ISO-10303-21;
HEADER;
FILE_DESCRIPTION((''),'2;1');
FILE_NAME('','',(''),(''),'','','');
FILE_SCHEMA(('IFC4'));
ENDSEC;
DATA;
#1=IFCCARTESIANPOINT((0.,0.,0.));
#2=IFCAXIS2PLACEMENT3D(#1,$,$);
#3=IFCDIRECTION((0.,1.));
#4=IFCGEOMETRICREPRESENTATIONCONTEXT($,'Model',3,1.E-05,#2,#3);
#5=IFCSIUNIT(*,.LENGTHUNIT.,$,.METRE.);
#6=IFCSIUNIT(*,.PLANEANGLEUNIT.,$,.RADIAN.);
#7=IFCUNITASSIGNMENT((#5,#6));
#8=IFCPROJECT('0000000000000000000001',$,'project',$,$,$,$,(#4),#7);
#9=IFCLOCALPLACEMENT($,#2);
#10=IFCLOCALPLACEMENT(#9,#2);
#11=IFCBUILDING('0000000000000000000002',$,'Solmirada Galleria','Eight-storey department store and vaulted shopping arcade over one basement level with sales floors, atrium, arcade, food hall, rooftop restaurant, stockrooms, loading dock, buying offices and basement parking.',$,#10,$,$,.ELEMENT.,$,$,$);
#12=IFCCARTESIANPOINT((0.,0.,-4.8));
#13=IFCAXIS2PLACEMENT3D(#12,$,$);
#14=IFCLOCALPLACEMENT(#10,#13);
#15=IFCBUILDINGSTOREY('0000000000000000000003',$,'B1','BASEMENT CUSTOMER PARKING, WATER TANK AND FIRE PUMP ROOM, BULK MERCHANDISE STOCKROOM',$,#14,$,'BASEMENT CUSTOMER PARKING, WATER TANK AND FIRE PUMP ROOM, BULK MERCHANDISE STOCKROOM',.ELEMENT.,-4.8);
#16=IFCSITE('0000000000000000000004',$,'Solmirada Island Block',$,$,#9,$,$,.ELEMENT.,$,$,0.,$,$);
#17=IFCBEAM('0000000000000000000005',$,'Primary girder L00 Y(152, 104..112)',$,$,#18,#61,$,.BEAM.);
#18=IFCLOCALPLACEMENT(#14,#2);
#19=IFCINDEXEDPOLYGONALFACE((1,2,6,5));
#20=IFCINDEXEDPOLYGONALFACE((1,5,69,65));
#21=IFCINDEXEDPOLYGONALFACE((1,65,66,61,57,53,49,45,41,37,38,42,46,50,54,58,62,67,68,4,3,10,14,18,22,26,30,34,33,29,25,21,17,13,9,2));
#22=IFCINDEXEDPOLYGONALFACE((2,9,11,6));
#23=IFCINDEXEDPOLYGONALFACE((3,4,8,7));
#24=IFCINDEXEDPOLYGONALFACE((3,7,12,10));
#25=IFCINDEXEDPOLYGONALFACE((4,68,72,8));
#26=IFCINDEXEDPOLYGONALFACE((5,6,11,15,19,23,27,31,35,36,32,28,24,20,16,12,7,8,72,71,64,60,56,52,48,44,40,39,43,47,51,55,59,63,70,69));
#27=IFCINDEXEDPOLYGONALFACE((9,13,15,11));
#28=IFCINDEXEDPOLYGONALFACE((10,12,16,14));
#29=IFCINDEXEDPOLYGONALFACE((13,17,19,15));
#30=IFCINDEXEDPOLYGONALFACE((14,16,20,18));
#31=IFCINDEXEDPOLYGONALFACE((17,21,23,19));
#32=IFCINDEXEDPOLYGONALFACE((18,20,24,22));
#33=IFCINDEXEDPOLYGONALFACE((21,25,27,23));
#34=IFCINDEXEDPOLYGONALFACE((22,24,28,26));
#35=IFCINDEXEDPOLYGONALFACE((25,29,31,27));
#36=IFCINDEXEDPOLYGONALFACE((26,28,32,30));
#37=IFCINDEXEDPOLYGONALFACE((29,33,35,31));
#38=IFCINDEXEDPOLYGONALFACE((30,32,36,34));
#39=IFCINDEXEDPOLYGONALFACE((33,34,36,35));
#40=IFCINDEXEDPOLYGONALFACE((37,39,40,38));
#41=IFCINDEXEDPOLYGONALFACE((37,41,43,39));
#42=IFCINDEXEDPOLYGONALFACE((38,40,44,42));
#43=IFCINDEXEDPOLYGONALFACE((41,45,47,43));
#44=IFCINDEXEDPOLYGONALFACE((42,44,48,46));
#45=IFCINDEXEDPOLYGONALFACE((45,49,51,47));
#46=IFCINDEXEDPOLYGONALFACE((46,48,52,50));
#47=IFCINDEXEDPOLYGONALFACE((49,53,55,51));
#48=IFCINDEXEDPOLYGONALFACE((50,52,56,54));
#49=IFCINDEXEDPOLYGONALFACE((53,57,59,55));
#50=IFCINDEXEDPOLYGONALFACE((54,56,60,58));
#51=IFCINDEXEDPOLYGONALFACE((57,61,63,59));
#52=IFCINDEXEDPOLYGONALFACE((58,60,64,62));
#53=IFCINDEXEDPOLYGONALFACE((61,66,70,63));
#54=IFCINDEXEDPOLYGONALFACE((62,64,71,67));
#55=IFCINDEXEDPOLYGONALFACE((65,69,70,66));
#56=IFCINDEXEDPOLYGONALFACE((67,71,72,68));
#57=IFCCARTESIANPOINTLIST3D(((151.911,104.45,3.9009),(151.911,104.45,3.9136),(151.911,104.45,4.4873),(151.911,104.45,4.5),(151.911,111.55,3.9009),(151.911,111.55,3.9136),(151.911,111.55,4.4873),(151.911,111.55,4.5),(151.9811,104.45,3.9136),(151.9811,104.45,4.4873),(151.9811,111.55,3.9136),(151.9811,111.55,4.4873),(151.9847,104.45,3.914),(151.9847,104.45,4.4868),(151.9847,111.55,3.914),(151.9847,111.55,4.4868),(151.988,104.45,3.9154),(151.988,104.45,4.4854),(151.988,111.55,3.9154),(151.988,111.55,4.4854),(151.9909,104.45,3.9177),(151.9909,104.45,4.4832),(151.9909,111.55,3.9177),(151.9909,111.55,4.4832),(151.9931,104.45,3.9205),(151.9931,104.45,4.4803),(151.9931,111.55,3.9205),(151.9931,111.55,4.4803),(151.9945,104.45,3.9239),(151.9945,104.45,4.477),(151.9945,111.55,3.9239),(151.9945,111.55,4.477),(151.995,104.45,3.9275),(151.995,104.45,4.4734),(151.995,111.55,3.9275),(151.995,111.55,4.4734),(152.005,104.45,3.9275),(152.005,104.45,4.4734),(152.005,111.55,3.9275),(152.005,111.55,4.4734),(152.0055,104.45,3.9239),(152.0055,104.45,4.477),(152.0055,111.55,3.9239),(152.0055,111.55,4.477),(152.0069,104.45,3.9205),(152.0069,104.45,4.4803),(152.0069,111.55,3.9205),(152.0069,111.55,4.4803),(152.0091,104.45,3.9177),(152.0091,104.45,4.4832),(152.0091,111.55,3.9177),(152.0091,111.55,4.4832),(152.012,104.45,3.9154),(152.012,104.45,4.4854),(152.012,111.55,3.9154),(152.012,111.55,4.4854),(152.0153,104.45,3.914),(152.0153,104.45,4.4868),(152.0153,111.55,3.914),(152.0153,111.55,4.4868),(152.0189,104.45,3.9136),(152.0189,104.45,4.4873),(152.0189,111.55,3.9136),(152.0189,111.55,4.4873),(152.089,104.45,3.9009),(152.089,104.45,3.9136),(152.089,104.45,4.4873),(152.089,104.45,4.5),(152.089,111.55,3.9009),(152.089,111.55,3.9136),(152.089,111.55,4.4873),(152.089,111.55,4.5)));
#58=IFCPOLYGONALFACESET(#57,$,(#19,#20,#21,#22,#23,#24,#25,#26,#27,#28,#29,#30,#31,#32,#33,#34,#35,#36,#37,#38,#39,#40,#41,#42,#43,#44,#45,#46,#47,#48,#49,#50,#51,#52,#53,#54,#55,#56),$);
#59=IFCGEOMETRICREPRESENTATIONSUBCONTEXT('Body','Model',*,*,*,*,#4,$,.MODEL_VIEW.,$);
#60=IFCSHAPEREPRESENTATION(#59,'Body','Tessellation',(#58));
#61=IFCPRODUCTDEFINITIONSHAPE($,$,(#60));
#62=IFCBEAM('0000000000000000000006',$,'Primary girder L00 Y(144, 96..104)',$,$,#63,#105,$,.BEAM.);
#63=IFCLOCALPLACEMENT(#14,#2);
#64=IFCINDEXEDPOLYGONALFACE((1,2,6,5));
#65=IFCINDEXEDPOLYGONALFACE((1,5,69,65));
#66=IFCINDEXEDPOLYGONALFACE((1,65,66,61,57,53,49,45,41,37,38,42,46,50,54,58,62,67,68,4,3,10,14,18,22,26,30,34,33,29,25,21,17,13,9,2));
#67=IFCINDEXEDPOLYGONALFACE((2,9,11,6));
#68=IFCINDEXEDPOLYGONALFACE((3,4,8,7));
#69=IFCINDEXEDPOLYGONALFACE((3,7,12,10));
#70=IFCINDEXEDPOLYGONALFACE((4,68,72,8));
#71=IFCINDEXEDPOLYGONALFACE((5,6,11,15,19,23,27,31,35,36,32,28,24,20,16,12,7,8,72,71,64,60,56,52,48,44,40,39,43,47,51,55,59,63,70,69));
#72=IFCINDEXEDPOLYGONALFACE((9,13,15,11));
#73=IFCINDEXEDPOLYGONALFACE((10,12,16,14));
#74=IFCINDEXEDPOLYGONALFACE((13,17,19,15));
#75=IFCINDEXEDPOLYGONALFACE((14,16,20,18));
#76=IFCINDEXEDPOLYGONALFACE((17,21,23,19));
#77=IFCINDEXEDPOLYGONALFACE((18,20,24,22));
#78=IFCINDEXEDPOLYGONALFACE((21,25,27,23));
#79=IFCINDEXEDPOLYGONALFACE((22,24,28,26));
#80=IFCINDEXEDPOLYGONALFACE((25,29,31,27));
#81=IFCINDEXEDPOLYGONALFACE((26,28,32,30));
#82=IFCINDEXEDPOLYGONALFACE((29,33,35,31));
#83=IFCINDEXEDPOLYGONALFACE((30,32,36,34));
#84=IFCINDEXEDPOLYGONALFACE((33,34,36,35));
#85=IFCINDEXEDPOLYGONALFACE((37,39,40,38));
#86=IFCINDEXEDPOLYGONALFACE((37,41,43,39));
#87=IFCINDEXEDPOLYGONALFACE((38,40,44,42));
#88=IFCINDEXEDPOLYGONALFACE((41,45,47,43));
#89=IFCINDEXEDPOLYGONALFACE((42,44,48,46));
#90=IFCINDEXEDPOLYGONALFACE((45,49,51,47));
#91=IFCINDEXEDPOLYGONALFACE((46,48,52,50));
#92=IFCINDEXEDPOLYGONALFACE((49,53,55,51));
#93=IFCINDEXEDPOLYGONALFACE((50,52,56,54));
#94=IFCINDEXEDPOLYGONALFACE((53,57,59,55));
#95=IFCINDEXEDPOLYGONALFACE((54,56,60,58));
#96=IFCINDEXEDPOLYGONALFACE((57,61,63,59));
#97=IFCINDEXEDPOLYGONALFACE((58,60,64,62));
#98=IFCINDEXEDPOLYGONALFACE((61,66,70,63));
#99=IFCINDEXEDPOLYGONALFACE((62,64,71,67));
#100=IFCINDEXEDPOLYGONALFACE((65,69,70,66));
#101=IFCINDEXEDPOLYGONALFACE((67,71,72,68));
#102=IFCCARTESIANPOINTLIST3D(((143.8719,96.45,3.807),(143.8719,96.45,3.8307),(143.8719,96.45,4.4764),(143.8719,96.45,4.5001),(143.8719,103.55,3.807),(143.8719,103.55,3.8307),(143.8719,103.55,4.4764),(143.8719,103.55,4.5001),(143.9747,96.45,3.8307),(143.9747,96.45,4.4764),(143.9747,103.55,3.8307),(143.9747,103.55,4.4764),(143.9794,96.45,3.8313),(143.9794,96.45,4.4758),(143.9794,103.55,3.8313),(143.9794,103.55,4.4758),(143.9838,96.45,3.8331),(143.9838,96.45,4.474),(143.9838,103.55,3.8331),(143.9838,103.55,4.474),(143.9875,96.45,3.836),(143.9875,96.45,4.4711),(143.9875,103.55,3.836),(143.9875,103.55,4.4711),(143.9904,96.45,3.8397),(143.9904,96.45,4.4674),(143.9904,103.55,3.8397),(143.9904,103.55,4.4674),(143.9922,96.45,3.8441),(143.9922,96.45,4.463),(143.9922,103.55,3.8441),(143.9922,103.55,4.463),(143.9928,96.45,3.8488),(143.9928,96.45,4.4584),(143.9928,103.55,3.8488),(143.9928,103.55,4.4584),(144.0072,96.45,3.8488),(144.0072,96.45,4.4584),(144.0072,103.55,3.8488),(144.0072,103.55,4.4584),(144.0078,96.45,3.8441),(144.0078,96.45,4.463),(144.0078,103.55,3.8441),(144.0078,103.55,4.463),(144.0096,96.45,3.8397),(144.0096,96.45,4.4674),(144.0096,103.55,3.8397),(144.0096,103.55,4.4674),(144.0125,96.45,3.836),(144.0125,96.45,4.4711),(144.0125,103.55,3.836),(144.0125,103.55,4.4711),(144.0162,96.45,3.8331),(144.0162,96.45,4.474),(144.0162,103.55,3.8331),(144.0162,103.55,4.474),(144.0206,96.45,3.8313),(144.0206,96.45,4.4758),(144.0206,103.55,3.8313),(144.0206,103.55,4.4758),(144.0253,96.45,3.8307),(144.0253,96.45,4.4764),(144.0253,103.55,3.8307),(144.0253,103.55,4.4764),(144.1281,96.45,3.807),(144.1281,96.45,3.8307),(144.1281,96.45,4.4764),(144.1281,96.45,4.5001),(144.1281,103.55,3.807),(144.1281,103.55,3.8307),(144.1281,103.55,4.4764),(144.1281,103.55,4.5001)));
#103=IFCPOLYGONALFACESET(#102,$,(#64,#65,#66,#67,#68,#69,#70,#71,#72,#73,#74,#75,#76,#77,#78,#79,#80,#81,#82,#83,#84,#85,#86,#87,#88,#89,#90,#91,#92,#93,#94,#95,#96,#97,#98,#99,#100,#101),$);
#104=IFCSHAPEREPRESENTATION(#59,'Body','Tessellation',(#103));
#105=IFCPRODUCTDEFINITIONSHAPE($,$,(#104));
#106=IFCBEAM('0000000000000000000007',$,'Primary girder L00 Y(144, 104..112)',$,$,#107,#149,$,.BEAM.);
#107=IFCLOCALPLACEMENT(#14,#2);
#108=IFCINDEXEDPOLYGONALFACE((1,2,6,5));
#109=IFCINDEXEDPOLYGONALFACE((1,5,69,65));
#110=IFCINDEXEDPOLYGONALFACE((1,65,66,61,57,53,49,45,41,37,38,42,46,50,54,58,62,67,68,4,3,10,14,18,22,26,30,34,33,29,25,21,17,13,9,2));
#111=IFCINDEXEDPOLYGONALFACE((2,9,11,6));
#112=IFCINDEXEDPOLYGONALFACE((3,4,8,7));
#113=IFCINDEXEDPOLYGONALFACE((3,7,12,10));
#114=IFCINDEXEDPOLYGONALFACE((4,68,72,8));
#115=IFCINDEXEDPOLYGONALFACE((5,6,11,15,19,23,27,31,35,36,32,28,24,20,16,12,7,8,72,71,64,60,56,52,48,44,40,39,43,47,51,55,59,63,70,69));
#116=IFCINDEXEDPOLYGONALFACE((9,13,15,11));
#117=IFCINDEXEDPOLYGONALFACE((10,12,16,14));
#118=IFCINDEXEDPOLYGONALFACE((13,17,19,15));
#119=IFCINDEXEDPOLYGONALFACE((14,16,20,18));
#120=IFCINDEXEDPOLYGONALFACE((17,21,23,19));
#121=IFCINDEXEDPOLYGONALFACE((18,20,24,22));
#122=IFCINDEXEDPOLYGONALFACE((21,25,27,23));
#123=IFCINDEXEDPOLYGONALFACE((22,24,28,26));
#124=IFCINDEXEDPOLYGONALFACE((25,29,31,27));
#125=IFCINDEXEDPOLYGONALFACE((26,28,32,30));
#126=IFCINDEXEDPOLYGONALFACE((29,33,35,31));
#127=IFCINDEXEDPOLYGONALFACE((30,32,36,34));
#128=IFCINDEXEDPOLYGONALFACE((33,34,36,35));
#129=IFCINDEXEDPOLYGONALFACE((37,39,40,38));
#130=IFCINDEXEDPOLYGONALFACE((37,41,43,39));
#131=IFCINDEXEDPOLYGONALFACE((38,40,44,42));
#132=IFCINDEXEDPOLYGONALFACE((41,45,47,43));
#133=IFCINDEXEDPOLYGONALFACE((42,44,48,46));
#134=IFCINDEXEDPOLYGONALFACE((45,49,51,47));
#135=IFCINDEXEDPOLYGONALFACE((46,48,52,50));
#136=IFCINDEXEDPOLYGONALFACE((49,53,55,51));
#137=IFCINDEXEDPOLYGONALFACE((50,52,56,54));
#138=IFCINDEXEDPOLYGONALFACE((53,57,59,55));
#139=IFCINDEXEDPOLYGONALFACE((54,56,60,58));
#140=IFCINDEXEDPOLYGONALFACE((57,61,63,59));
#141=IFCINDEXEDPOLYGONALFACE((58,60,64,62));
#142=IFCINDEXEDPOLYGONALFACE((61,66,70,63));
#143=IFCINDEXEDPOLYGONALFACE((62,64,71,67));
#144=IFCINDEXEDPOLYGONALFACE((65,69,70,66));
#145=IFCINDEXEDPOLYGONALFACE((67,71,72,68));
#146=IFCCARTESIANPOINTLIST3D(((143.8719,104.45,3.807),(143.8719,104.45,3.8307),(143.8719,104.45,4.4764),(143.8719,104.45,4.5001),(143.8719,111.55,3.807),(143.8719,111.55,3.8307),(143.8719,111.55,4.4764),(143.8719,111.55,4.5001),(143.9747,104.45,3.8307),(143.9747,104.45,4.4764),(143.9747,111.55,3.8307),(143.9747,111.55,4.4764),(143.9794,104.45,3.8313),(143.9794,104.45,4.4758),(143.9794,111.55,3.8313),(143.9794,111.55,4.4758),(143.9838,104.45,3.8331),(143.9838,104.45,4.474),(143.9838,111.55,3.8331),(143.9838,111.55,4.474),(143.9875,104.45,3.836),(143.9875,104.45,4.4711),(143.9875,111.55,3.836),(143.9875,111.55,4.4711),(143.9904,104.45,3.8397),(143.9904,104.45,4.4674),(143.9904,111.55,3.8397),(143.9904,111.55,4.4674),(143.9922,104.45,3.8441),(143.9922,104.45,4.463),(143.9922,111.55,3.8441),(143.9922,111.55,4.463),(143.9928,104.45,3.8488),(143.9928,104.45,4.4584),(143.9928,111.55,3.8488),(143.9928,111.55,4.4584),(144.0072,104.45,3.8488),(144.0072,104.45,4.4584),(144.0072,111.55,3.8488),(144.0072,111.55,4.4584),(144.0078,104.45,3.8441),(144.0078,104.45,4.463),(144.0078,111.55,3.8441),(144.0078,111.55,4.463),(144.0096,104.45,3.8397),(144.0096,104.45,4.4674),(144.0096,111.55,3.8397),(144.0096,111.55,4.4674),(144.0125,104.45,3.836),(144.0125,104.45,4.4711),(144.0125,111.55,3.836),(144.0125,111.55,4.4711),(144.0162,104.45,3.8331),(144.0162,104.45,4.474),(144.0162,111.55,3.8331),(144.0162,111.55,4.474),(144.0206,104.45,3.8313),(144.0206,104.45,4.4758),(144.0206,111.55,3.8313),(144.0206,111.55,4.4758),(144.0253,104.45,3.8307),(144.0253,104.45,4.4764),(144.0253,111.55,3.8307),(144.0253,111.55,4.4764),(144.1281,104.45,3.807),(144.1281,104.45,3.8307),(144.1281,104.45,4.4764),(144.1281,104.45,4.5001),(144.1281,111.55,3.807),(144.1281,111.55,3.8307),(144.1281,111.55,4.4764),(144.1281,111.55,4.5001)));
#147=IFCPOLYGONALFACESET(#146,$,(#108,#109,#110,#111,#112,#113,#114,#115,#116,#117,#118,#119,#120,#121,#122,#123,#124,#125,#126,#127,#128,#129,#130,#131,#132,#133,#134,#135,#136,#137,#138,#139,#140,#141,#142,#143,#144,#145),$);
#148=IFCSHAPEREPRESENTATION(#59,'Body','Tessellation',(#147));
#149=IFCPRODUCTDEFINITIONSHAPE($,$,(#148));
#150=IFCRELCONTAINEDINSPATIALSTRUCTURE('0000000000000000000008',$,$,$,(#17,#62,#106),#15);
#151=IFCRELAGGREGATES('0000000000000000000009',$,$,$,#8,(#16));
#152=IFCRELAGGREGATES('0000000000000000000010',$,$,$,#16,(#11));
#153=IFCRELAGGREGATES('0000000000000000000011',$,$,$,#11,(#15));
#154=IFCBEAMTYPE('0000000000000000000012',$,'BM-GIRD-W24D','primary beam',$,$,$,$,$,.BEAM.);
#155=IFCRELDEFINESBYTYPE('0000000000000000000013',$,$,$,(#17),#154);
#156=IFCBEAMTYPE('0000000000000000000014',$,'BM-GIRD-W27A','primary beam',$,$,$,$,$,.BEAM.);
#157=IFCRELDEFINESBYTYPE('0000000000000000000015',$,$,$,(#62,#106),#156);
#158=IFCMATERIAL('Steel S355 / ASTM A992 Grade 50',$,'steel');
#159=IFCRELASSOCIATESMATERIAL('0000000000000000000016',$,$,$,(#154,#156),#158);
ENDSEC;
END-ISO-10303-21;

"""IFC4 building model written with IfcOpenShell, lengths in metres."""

from ifc_helpers import new_model, si_unit, direction, frame, origin, origin_2d, place, context, subcontext, project, spatial, i_section, extrude, material, material_profile, profile_set, type_object, element, save


model = new_model("IFC4")

# Units and contexts
model_context = context("Model", 3, precision=1e-05, world=origin(), true_north=direction((0.0, 1.0)))
body_context = subcontext(model_context, "Body", "Model", "MODEL_VIEW")
ifc_project = project(units=[si_unit("LENGTHUNIT", "METRE"), si_unit("PLANEANGLEUNIT", "RADIAN")], contexts=[model_context])

# Site, building, storey
site_placement = place(None, origin())
site = spatial("IfcSite", under=ifc_project, at=site_placement, Name="Solmirada Island Block", CompositionType="ELEMENT", RefElevation=0.0)
building_placement = place(site_placement, origin())
building = spatial("IfcBuilding", under=site, at=building_placement, Name="Solmirada Galleria", Description="Eight-storey department store and vaulted shopping arcade over one basement level with sales floors, atrium, arcade, food hall, rooftop restaurant, stockrooms, loading dock, buying offices and basement parking.", CompositionType="ELEMENT")
storey_placement = place(building_placement, frame((0.0, 0.0, -4.8)))
storey = spatial("IfcBuildingStorey", under=building, at=storey_placement, Name="B1", Description="BASEMENT CUSTOMER PARKING, WATER TANK AND FIRE PUMP ROOM, BULK MERCHANDISE STOCKROOM", LongName="BASEMENT CUSTOMER PARKING, WATER TANK AND FIRE PUMP ROOM, BULK MERCHANDISE STOCKROOM", CompositionType="ELEMENT", Elevation=-4.8)

# Beams
ifc_material_1 = material(Name="Steel S355 / ASTM A992 Grade 50", Category="steel")
ifc_material_profile_1 = material_profile(ifc_material_1, i_section(OverallWidth=0.178, OverallDepth=0.5991, WebThickness=0.01, FlangeThickness=0.0127, FilletRadius=0.0139, at=origin_2d()), Name="W24X55")
ifc_profile_set_1 = profile_set([ifc_material_profile_1], Name="Steel S355 / ASTM A992 Grade 50")
beam_type_1 = type_object("IfcBeamType", Name="BM-GIRD-W24D", Description="primary beam", PredefinedType="BEAM", material=ifc_profile_set_1)
beam_1_placement = place(storey_placement, frame((152.0, 104.45, 4.2004), z_axis=(0.0, 1.0, 0.0), x_axis=(-1.0, 0.0, 0.0)))
element("IfcBeam", 1, at=beam_1_placement, inside=storey, type_object=beam_type_1, Name="Primary girder L00 Y(152, 104..112)", PredefinedType="BEAM", context=body_context, shape_type="SweptSolid", body=[
    extrude(i_section(OverallWidth=0.178, OverallDepth=0.5991, WebThickness=0.01, FlangeThickness=0.0127, FilletRadius=0.0139, at=origin_2d()), origin(), (0.0, 0.0, 1.0), 7.1001),
])
ifc_material_profile_2 = material_profile(ifc_material_1, i_section(OverallWidth=0.2561, OverallDepth=0.6931, WebThickness=0.0144, FlangeThickness=0.0237, FilletRadius=0.0181, at=origin_2d()), Name="W27X114")
ifc_profile_set_2 = profile_set([ifc_material_profile_2], Name="Steel S355 / ASTM A992 Grade 50")
beam_type_2 = type_object("IfcBeamType", Name="BM-GIRD-W27A", Description="primary beam", PredefinedType="BEAM", material=ifc_profile_set_2)
for number, where, z_axis, x_axis, name in (
    (2, (144.0, 96.45, 4.1536), (0.0, 1.0, 0.0), (-1.0, 0.0, 0.0), "Primary girder L00 Y(144, 96..104)"),
    (3, (144.0, 104.45, 4.1536), (0.0, 1.0, 0.0), (-1.0, 0.0, 0.0), "Primary girder L00 Y(144, 104..112)"),
):
    element("IfcBeam", number, at=place(storey_placement, frame(where, z_axis=z_axis, x_axis=x_axis)), inside=storey, type_object=beam_type_2, Name=name, PredefinedType="BEAM", context=body_context, shape_type="SweptSolid", body=[
        extrude(i_section(OverallWidth=0.2561, OverallDepth=0.6931, WebThickness=0.0144, FlangeThickness=0.0237, FilletRadius=0.0181, at=origin_2d()), origin(), (0.0, 0.0, 1.0), 7.1001),
    ])

save(model, "model.ifc")
